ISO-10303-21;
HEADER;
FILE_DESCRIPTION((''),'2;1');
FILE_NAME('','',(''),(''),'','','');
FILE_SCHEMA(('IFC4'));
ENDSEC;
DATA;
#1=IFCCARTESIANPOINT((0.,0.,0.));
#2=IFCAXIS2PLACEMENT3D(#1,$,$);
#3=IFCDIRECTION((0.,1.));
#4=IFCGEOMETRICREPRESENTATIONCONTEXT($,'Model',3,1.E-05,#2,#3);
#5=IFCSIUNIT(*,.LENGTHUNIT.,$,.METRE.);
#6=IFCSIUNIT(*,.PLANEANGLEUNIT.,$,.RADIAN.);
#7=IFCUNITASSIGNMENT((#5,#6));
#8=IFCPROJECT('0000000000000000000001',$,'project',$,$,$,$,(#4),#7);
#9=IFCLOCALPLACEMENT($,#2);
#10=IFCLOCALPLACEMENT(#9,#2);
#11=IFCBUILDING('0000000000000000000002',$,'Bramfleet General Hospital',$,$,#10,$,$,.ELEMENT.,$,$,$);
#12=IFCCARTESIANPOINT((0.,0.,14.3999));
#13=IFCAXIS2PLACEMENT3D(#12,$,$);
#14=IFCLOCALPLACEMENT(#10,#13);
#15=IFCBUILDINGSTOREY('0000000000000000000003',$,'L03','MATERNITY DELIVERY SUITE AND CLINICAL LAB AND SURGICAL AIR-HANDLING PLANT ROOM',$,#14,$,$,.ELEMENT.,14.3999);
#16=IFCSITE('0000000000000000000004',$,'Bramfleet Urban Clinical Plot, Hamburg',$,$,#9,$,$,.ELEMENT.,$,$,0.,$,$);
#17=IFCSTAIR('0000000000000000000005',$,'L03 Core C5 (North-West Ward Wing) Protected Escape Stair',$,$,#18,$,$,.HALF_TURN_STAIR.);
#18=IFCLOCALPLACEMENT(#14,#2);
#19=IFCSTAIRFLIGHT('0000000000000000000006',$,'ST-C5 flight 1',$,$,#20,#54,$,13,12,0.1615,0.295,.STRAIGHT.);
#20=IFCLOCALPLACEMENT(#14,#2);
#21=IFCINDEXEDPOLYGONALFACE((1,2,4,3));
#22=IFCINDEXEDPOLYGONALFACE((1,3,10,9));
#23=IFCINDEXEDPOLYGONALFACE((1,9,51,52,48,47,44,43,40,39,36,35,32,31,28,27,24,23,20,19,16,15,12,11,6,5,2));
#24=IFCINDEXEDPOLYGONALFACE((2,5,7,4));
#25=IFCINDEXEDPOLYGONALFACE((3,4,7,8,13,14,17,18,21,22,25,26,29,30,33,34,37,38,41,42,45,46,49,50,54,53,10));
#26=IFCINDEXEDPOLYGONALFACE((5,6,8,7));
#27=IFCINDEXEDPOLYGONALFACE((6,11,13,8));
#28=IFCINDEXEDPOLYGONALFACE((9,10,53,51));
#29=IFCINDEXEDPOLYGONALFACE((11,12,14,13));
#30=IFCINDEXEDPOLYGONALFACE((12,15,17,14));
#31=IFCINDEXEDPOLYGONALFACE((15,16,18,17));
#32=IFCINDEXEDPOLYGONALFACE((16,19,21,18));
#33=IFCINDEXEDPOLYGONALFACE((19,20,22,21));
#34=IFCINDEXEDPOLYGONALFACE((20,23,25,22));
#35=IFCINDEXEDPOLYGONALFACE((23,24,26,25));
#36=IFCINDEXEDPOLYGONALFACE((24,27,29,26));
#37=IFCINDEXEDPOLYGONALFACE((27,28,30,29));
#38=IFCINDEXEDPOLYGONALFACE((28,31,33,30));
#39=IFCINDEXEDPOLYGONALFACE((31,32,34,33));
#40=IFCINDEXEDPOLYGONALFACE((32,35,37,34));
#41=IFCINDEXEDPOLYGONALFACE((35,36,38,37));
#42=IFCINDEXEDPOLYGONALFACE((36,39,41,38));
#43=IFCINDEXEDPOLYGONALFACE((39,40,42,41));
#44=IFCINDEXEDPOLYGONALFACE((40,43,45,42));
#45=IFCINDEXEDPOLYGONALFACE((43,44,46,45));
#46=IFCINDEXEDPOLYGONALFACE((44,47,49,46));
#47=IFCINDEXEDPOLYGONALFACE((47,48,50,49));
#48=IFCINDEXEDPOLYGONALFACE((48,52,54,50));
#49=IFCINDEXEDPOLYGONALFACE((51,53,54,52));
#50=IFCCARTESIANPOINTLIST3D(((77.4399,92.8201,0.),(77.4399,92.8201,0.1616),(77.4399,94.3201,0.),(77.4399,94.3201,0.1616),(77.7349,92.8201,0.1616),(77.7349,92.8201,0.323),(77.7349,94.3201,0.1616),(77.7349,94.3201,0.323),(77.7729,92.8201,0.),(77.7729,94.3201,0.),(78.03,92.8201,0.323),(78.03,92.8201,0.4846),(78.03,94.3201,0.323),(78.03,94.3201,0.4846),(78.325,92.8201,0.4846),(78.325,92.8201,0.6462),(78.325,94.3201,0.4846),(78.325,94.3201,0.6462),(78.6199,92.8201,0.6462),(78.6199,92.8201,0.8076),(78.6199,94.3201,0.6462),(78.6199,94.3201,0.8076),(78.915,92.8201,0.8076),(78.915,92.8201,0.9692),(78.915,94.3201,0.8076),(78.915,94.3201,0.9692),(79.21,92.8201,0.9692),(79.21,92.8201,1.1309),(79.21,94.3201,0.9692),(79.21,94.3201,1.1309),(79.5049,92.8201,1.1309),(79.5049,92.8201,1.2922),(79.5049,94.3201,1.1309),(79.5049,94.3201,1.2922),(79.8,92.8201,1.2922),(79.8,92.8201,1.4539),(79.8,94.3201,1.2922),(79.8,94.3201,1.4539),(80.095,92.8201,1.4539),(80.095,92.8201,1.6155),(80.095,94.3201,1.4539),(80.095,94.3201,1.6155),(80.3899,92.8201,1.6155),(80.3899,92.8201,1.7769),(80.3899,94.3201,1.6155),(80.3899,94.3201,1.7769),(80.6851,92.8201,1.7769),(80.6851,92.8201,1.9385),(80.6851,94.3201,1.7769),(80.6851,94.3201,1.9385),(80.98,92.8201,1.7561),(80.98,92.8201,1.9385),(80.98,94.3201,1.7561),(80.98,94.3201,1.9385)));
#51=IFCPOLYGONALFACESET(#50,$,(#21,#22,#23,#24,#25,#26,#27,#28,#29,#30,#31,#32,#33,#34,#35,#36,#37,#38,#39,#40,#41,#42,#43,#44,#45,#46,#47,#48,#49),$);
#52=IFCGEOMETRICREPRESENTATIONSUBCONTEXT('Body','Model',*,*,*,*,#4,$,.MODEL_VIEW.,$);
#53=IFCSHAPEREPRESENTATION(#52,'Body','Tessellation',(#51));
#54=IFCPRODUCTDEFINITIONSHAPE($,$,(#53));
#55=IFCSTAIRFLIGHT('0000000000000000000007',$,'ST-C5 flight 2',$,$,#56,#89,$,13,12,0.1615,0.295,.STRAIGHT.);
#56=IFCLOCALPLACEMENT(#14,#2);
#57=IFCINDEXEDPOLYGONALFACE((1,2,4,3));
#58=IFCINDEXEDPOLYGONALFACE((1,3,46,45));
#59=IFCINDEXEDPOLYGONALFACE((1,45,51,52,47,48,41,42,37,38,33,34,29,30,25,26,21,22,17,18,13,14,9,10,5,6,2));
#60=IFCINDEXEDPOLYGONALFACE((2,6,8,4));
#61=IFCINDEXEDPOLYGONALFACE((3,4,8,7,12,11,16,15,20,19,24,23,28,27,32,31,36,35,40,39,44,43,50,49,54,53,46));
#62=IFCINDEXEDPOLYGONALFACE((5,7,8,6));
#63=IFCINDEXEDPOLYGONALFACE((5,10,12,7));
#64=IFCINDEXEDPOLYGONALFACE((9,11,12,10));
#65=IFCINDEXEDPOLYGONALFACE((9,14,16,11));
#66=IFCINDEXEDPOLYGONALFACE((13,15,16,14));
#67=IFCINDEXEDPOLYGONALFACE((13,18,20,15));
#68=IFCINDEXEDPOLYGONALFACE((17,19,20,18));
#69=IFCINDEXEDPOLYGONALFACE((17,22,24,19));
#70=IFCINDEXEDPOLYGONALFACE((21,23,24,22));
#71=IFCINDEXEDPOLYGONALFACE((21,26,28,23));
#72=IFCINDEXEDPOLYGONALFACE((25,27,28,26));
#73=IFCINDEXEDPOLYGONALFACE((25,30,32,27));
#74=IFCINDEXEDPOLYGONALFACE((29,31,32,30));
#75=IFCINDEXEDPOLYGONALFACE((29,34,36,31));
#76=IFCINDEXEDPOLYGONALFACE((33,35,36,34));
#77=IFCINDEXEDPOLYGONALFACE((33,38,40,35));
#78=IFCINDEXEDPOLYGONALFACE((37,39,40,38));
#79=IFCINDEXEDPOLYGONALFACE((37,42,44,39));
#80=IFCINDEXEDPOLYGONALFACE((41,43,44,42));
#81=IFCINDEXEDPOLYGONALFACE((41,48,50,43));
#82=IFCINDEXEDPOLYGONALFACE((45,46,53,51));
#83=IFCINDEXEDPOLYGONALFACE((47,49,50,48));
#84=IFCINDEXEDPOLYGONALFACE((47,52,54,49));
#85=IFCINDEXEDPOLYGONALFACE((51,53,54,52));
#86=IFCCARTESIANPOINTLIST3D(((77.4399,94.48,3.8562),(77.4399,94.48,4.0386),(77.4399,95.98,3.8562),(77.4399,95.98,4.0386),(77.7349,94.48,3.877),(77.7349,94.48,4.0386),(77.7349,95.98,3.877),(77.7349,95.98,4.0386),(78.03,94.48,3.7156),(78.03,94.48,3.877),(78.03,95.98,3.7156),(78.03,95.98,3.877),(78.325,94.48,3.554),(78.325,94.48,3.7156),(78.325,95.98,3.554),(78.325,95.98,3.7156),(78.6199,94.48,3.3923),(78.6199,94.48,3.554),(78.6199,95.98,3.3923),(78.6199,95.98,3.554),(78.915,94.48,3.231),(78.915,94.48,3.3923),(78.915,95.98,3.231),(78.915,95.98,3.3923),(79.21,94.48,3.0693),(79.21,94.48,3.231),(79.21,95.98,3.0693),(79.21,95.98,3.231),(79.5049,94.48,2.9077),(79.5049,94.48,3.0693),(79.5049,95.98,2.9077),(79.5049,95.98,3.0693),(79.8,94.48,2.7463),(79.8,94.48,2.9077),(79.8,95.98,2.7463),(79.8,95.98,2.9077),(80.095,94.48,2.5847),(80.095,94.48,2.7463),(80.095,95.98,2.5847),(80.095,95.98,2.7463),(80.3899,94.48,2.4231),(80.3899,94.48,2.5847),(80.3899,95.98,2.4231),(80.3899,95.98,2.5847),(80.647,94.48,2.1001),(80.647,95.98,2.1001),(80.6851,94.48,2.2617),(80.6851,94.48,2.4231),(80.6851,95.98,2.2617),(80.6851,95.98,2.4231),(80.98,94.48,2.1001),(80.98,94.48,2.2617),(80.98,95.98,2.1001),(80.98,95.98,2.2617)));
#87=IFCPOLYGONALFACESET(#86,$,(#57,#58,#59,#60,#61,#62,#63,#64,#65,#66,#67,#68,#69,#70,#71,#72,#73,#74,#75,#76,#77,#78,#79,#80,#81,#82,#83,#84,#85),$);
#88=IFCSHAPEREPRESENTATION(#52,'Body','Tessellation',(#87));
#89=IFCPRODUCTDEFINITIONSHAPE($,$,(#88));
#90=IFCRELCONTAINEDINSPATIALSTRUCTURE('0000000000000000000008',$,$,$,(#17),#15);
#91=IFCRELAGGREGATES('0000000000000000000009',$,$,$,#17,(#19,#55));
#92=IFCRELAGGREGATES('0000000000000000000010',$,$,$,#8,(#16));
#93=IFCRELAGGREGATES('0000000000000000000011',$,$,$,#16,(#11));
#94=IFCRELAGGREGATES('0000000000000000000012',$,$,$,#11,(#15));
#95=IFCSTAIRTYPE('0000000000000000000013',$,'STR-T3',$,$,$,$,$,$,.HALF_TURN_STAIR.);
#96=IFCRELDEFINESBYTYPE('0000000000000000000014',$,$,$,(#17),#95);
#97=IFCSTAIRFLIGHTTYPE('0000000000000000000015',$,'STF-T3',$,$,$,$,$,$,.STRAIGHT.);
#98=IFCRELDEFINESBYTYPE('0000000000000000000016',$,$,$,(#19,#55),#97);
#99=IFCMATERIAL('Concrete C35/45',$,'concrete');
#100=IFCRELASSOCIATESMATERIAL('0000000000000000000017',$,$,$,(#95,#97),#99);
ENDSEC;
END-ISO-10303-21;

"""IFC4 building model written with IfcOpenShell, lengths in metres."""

from ifc_helpers import new_model, si_unit, direction, frame, origin, place, context, subcontext, project, spatial, polyline, outline, extrude, material, type_object, element, aggregate, save


model = new_model("IFC4")

# Units and contexts
model_context = context("Model", 3, precision=1e-05, world=origin(), true_north=direction((0.0, 1.0)))
body_context = subcontext(model_context, "Body", "Model", "MODEL_VIEW")
ifc_project = project(units=[si_unit("LENGTHUNIT", "METRE"), si_unit("PLANEANGLEUNIT", "RADIAN")], contexts=[model_context])

# Site, building, storey
site_placement = place(None, origin())
site = spatial("IfcSite", under=ifc_project, at=site_placement, Name="Bramfleet Urban Clinical Plot, Hamburg", CompositionType="ELEMENT", RefElevation=0.0)
building_placement = place(site_placement, origin())
building = spatial("IfcBuilding", under=site, at=building_placement, Name="Bramfleet General Hospital", CompositionType="ELEMENT")
storey_placement = place(building_placement, frame((0.0, 0.0, 14.3999)))
storey = spatial("IfcBuildingStorey", under=building, at=storey_placement, Name="L03", Description="MATERNITY DELIVERY SUITE AND CLINICAL LAB AND SURGICAL AIR-HANDLING PLANT ROOM", CompositionType="ELEMENT", Elevation=14.3999)

# Shared definitions
ifc_material_1 = material(Name="Concrete C35/45", Category="concrete")

# Stair, stair flights
stair_type = type_object("IfcStairType", Name="STR-T3", PredefinedType="HALF_TURN_STAIR", material=ifc_material_1)
stair_placement = place(storey_placement, origin())
stair = element("IfcStair", 1, at=stair_placement, inside=storey, type_object=stair_type, Name="L03 Core C5 (North-West Ward Wing) Protected Escape Stair", PredefinedType="HALF_TURN_STAIR")
stair_flight_type = type_object("IfcStairFlightType", Name="STF-T3", PredefinedType="STRAIGHT", material=ifc_material_1)
stair_flight_1_placement = place(storey_placement, frame((77.4399, 93.5701, 0.0), z_axis=(0.0, 0.0, 1.0), x_axis=(1.0, 0.0, 0.0)))
stair_flight_1 = element("IfcStairFlight", 2, at=stair_flight_1_placement, type_object=stair_flight_type, Name="ST-C5 flight 1", NumberOfRisers=13, NumberOfTreads=12, PredefinedType="STRAIGHT", RiserHeight=0.1615, TreadLength=0.295, context=body_context, shape_type="SweptSolid", body=[
    extrude(outline(polyline([(0.0, 0.0), (0.0, 0.1616), (0.2949, 0.1616), (0.2949, 0.323), (0.5901, 0.323), (0.5901, 0.4846), (0.885, 0.4846), (0.885, 0.6462), (1.1799, 0.6462), (1.1799, 0.8076), (1.4751, 0.8076), (1.4751, 0.9692), (1.77, 0.9692), (1.77, 1.1309), (2.0649, 1.1309), (2.0649, 1.2922), (2.3601, 1.2922), (2.3601, 1.4539), (2.655, 1.4539), (2.655, 1.6155), (2.95, 1.6155), (2.95, 1.7769), (3.2451, 1.7769), (3.2451, 1.9385), (3.54, 1.9385), (3.54, 2.1001), (3.54, 1.7561), (0.333, 0.0), (0.0, 0.0)])), frame((0.0, 0.75, 0.0), z_axis=(0.0, -1.0, 0.0), x_axis=(1.0, 0.0, 0.0)), (0.0, 0.0, 1.0), 1.5),
])
stair_flight_2_placement = place(storey_placement, frame((80.98, 95.23, 2.1001), z_axis=(0.0, 0.0, 1.0), x_axis=(-1.0, 0.0, 0.0)))
stair_flight_2 = element("IfcStairFlight", 3, at=stair_flight_2_placement, type_object=stair_flight_type, Name="ST-C5 flight 2", NumberOfRisers=13, NumberOfTreads=12, PredefinedType="STRAIGHT", RiserHeight=0.1615, TreadLength=0.295, context=body_context, shape_type="SweptSolid", body=[
    extrude(outline(polyline([(0.0, 0.0), (0.0, 0.1616), (0.2949, 0.1616), (0.2949, 0.323), (0.5901, 0.323), (0.5901, 0.4846), (0.885, 0.4846), (0.885, 0.6462), (1.1799, 0.6462), (1.1799, 0.8076), (1.4751, 0.8076), (1.4751, 0.9692), (1.77, 0.9692), (1.77, 1.1309), (2.0649, 1.1309), (2.0649, 1.2922), (2.3601, 1.2922), (2.3601, 1.4539), (2.655, 1.4539), (2.655, 1.6155), (2.95, 1.6155), (2.95, 1.7769), (3.2451, 1.7769), (3.2451, 1.9385), (3.54, 1.9385), (3.54, 2.1001), (3.54, 1.7561), (0.333, 0.0), (0.0, 0.0)])), frame((0.0, 0.75, 0.0), z_axis=(0.0, -1.0, 0.0), x_axis=(1.0, 0.0, 0.0)), (0.0, 0.0, 1.0), 1.5),
])
aggregate(stair, [stair_flight_1, stair_flight_2])

save(model, "model.ifc")
